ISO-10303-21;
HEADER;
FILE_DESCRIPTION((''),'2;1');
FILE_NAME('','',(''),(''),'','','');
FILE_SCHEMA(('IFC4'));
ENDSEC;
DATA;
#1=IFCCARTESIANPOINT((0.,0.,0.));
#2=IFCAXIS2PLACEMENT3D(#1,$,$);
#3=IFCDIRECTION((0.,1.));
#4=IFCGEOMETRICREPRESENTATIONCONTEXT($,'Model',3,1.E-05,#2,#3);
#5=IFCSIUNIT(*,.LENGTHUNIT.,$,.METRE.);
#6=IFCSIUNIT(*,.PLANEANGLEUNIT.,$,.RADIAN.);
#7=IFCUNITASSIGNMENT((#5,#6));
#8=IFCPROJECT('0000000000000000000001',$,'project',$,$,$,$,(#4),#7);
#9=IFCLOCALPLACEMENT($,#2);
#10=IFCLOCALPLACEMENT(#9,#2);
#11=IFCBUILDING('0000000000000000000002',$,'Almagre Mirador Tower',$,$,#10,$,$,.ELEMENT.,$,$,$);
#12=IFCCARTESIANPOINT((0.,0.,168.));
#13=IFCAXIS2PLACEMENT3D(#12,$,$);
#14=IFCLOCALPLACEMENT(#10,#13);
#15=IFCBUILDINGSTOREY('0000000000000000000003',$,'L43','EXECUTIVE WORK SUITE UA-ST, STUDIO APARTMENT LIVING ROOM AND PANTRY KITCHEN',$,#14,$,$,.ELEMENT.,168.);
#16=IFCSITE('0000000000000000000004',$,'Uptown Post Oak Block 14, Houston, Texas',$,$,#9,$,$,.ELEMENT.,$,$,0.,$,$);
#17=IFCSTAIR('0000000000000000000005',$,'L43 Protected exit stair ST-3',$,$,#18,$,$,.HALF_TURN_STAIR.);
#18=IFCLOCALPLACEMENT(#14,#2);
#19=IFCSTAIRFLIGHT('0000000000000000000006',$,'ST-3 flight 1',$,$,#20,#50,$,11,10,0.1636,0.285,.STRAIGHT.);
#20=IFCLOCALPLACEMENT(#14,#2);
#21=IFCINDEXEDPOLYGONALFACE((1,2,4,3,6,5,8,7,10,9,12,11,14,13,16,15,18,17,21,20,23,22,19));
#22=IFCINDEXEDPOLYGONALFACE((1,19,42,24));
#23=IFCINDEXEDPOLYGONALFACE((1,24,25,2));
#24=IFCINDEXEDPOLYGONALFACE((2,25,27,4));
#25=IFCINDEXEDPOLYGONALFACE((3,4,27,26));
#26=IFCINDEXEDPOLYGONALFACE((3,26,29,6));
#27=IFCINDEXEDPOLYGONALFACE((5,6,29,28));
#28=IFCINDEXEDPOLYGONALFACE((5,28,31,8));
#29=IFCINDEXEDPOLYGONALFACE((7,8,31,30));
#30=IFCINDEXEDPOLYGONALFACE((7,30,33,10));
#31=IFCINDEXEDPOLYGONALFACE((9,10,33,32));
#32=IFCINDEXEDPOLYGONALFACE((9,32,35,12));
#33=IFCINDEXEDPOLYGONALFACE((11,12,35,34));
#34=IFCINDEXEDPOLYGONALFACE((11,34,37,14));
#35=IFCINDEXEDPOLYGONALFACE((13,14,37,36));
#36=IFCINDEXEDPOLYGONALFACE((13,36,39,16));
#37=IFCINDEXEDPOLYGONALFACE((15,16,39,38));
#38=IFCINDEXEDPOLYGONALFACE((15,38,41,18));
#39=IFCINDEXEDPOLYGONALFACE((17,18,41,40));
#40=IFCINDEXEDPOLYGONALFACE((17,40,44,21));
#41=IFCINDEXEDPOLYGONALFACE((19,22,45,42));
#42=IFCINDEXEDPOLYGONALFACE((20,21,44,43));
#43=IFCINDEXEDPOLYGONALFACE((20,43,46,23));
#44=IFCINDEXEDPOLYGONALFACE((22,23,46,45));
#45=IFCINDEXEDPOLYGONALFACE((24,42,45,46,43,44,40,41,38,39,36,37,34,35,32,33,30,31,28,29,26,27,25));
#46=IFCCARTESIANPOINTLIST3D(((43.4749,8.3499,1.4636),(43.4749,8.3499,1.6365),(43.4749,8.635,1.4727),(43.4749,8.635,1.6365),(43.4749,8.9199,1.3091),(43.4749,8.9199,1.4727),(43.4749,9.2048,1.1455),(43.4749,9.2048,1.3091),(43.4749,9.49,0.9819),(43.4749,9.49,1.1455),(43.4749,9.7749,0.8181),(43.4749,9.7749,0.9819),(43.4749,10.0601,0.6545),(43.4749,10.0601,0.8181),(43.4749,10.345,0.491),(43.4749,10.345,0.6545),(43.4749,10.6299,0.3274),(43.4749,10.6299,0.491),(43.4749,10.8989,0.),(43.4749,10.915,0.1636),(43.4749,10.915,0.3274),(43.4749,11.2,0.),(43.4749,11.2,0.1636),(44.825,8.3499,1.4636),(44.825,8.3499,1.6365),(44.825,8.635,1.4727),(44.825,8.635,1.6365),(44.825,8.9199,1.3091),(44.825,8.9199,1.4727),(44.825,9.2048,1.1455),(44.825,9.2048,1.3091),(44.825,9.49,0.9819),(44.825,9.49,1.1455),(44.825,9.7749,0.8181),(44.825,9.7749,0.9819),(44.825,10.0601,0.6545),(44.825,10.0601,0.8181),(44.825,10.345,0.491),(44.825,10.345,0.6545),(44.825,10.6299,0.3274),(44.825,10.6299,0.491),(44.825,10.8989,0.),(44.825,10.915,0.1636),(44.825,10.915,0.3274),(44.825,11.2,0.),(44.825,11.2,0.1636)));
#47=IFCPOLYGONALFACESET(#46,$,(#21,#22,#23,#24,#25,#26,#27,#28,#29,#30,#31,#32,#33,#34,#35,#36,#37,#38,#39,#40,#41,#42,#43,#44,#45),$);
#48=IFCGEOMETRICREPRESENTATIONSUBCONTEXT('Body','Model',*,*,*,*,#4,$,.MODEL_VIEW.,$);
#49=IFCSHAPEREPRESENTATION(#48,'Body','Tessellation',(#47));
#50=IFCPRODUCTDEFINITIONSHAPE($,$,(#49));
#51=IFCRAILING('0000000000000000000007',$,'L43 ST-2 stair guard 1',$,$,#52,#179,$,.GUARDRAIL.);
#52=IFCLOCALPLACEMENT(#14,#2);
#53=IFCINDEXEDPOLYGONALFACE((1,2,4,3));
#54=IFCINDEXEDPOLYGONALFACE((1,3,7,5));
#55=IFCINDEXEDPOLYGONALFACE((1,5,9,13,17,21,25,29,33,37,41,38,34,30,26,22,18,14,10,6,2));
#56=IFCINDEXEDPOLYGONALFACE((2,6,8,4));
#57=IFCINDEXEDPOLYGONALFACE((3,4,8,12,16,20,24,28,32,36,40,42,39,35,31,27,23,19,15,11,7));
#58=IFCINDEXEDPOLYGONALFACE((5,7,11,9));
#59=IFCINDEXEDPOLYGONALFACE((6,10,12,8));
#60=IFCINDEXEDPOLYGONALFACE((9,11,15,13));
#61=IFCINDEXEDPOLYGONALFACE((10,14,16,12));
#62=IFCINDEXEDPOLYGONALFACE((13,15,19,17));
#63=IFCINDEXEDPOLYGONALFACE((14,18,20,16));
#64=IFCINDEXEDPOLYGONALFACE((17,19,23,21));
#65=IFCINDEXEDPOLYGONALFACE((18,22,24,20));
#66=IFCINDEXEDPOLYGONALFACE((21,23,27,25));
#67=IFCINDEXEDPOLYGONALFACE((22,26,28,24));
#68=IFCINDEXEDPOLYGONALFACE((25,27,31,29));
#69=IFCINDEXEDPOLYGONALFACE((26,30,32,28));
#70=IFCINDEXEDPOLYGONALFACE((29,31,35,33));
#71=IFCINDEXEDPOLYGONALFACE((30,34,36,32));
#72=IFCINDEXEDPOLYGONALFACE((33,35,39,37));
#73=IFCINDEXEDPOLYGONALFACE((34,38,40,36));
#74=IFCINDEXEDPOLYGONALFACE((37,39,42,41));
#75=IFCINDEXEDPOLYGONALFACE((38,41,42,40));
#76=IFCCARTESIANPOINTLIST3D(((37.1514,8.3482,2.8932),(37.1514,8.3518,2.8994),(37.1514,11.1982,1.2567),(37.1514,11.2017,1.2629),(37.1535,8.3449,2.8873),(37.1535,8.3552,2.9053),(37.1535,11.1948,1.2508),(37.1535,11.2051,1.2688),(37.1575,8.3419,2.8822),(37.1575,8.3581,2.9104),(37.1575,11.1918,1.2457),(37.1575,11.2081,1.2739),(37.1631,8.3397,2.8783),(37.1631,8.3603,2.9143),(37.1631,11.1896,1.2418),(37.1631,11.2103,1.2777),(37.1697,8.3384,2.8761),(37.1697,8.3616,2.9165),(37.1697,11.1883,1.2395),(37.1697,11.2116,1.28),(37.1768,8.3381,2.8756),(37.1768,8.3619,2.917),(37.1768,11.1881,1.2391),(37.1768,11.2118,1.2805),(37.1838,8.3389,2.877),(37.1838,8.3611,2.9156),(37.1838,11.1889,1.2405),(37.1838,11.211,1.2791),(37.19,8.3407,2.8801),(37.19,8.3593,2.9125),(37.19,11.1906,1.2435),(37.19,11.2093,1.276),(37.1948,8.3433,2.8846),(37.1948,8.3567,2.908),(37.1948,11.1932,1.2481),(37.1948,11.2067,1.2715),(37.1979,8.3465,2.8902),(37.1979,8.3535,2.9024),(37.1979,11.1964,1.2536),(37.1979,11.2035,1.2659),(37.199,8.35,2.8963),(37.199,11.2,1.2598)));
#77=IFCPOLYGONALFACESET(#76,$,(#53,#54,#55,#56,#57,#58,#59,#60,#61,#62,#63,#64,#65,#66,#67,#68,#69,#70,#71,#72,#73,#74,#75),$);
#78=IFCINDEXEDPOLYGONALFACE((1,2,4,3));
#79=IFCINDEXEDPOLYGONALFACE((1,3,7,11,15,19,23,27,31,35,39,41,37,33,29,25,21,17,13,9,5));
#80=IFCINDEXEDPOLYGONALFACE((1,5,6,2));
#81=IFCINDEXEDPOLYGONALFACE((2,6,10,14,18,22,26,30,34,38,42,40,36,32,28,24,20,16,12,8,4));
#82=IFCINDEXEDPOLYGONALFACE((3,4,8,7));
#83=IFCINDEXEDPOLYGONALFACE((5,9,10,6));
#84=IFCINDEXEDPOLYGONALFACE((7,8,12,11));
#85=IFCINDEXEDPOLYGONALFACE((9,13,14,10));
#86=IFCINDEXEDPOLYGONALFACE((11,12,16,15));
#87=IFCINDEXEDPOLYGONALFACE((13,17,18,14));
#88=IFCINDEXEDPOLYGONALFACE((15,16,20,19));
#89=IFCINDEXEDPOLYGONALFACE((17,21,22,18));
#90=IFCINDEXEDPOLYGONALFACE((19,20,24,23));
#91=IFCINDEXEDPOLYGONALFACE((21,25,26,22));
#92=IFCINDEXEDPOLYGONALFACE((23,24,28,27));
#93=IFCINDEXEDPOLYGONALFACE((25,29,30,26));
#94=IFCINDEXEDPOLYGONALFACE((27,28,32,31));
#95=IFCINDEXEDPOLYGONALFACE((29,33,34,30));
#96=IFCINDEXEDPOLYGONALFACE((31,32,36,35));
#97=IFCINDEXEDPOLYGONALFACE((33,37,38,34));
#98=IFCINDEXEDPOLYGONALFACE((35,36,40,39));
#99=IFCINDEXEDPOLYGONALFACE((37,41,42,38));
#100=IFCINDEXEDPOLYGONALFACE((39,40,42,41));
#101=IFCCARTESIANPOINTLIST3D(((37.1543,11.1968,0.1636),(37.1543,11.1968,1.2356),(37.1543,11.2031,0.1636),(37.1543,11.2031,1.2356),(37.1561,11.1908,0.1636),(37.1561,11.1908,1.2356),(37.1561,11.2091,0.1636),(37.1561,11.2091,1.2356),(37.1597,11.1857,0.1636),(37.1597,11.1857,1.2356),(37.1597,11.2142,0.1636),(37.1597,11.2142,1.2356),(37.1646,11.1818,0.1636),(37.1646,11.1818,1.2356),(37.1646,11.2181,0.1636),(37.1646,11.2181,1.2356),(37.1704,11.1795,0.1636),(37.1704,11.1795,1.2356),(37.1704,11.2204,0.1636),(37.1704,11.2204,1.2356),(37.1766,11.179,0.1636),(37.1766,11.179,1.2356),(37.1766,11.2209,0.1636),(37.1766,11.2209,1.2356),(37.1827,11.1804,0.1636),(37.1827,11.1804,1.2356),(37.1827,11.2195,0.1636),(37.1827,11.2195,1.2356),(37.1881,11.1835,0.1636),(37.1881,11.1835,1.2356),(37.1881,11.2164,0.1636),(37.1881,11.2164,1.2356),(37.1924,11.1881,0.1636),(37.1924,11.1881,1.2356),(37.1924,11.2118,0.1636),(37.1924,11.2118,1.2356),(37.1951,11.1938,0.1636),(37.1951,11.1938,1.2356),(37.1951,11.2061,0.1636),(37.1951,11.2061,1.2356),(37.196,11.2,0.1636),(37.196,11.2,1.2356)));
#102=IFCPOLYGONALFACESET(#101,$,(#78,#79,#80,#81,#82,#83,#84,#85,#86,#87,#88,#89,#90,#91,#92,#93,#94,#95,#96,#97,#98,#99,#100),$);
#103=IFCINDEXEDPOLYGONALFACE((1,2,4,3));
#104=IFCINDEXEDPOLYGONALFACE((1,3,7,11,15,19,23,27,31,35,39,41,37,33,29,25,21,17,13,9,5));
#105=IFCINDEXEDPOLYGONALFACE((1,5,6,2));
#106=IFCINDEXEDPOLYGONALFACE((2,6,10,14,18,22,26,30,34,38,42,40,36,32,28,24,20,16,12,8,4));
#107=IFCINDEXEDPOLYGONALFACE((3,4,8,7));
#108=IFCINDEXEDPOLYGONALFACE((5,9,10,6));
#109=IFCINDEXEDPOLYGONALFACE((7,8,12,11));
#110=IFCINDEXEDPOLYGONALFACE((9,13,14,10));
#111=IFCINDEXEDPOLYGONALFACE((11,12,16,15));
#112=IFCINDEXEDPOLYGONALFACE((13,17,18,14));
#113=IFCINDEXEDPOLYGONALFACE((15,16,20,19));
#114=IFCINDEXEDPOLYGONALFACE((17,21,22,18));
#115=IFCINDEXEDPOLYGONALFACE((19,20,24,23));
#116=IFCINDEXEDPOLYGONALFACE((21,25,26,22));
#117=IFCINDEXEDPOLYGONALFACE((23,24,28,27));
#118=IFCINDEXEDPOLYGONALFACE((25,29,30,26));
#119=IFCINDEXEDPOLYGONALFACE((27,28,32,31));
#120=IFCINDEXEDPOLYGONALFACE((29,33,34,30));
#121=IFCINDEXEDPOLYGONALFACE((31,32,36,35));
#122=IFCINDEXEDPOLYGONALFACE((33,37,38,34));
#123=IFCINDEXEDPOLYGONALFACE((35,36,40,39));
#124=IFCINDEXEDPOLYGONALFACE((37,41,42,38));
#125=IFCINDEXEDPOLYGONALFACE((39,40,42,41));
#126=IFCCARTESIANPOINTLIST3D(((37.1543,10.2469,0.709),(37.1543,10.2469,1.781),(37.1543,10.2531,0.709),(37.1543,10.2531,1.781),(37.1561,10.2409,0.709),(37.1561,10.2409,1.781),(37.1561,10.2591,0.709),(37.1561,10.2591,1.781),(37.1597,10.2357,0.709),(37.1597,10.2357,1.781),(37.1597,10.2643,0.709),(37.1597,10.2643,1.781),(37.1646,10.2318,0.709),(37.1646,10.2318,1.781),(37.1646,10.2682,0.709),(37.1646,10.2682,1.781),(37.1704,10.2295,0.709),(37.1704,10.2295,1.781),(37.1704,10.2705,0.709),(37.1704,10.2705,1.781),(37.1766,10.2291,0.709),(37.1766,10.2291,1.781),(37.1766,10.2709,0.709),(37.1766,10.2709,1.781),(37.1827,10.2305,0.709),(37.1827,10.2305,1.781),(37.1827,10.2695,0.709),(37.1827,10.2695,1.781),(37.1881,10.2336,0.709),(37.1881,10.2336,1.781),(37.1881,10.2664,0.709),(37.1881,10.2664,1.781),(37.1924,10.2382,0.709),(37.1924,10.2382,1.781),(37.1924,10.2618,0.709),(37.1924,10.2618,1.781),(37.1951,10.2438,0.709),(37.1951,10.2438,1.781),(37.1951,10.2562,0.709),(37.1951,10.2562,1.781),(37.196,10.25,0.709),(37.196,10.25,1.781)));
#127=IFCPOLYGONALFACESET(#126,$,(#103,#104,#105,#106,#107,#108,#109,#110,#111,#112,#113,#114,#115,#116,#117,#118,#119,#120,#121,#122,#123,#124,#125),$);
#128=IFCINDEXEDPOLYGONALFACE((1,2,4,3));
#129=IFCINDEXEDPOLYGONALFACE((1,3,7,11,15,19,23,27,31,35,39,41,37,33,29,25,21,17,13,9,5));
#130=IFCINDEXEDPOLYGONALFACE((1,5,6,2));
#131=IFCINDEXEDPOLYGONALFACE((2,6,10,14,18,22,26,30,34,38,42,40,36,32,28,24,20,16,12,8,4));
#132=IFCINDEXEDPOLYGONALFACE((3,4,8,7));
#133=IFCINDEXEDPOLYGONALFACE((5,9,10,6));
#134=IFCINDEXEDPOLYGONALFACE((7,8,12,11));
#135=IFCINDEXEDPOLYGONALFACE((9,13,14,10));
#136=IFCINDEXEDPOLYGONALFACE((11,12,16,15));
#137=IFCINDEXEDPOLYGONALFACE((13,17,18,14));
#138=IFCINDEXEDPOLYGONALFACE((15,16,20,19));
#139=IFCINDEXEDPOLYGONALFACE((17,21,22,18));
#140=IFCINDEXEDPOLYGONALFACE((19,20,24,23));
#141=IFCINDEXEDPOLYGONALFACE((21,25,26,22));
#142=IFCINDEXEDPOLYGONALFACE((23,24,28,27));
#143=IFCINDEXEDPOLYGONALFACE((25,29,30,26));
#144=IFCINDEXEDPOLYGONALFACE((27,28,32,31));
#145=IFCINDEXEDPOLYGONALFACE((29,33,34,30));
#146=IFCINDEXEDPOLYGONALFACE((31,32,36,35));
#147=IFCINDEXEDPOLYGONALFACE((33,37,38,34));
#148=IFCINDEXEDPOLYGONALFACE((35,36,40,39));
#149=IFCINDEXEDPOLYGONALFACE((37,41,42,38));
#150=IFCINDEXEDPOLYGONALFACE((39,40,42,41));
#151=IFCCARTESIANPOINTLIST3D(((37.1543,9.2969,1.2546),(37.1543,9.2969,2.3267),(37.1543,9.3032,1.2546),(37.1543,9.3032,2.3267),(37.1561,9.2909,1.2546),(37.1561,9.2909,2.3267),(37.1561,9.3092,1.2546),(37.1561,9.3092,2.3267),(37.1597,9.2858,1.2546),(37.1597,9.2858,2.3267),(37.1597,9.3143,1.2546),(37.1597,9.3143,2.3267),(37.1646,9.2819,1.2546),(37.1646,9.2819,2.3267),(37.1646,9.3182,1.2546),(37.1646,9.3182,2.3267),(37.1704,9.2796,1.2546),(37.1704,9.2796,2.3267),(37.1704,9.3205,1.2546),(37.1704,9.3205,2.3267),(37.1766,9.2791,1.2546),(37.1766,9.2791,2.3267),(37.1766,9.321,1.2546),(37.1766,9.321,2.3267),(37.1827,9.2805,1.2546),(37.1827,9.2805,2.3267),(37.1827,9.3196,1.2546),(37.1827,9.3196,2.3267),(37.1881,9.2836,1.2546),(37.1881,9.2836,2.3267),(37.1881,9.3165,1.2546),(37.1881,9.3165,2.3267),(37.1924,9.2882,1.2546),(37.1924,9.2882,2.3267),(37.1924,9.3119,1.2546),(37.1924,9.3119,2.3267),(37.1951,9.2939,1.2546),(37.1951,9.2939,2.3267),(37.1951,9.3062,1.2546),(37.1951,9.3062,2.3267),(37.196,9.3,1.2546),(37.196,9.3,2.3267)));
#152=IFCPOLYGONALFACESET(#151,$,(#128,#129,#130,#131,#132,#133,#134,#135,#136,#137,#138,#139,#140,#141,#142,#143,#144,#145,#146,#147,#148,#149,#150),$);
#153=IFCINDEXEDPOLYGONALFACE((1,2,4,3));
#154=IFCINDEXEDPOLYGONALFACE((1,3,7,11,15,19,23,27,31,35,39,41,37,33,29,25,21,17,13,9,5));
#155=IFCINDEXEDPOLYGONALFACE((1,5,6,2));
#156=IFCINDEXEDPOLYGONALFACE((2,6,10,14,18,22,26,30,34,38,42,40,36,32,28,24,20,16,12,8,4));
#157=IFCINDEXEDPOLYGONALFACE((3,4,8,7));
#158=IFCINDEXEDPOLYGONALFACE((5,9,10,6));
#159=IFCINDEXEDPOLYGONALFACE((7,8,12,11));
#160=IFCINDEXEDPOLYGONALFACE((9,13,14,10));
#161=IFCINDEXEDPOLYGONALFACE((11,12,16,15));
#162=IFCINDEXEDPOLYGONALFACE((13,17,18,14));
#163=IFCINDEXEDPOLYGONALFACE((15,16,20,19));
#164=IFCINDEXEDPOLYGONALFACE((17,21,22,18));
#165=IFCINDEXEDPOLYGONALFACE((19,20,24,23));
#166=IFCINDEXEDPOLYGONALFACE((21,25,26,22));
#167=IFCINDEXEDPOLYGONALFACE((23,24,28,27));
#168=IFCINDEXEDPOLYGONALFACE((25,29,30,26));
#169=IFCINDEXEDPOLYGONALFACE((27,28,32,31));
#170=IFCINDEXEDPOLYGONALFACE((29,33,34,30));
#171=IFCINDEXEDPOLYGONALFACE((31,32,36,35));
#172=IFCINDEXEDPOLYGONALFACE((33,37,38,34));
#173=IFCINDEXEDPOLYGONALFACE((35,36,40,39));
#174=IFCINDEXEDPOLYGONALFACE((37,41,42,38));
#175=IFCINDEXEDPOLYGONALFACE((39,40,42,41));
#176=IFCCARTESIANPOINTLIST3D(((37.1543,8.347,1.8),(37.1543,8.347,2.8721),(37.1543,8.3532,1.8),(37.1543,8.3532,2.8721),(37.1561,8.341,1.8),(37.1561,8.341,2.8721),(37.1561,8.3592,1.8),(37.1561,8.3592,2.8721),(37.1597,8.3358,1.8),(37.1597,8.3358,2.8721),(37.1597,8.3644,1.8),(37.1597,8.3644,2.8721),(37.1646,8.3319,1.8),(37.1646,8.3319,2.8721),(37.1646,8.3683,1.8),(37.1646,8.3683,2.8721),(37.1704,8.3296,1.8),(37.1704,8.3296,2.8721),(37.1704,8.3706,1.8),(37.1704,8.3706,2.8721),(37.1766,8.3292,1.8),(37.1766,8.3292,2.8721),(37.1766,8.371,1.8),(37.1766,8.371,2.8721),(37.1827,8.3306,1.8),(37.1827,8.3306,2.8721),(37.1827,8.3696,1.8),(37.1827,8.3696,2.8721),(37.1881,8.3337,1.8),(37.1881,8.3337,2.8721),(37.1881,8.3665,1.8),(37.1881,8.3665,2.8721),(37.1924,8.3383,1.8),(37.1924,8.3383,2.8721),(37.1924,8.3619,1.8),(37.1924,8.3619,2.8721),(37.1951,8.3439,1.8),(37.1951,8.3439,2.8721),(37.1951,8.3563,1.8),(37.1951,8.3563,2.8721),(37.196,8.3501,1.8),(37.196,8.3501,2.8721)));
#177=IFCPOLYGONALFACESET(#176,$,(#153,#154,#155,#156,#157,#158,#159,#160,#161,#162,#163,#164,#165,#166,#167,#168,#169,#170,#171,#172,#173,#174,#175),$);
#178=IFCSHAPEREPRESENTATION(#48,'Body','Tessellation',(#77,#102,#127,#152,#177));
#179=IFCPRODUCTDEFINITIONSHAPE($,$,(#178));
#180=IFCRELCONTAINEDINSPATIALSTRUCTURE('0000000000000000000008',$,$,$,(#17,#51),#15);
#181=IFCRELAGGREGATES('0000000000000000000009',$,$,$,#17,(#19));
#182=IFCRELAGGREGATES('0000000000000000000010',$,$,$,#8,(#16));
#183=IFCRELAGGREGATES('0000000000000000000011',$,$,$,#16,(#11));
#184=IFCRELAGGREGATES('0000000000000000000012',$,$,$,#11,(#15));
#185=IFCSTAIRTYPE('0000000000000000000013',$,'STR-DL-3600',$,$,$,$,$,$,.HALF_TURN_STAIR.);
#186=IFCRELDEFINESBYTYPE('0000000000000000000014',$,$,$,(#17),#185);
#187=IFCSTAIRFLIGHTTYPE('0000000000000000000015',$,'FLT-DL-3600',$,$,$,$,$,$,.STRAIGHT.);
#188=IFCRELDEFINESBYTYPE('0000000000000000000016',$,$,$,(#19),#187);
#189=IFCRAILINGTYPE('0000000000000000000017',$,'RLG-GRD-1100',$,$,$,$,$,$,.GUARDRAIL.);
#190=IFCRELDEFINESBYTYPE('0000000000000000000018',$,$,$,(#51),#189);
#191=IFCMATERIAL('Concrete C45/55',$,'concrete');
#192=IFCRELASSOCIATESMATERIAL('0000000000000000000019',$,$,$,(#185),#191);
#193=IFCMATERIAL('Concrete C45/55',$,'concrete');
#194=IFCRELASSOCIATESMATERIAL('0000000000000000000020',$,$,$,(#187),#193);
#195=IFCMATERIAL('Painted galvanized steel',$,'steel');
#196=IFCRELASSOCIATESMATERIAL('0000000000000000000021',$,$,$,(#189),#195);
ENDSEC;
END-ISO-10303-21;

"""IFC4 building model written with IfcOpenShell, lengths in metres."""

from ifc_helpers import new_model, si_unit, direction, frame, origin, origin_2d, place, context, subcontext, project, spatial, polyline, circle, outline, extrude, material, type_object, element, aggregate, save


model = new_model("IFC4")

# Units and contexts
model_context = context("Model", 3, precision=1e-05, world=origin(), true_north=direction((0.0, 1.0)))
body_context = subcontext(model_context, "Body", "Model", "MODEL_VIEW")
ifc_project = project(units=[si_unit("LENGTHUNIT", "METRE"), si_unit("PLANEANGLEUNIT", "RADIAN")], contexts=[model_context])

# Site, building, storey
site_placement = place(None, origin())
site = spatial("IfcSite", under=ifc_project, at=site_placement, Name="Uptown Post Oak Block 14, Houston, Texas", CompositionType="ELEMENT", RefElevation=0.0)
building_placement = place(site_placement, origin())
building = spatial("IfcBuilding", under=site, at=building_placement, Name="Almagre Mirador Tower", CompositionType="ELEMENT")
storey_placement = place(building_placement, frame((0.0, 0.0, 168.0)))
storey = spatial("IfcBuildingStorey", under=building, at=storey_placement, Name="L43", Description="EXECUTIVE WORK SUITE UA-ST, STUDIO APARTMENT LIVING ROOM AND PANTRY KITCHEN", CompositionType="ELEMENT", Elevation=168.0)

# Shared definitions
ifc_material_1 = material(Name="Concrete C45/55", Category="concrete")
stair_type = type_object("IfcStairType", Name="STR-DL-3600", PredefinedType="HALF_TURN_STAIR", material=ifc_material_1)
ifc_material_2 = material(Name="Concrete C45/55", Category="concrete")
stair_flight_type = type_object("IfcStairFlightType", Name="FLT-DL-3600", PredefinedType="STRAIGHT", material=ifc_material_2)

# Stair, stair flight
stair_1_placement = place(storey_placement, origin())
stair_1 = element("IfcStair", 1, at=stair_1_placement, inside=storey, type_object=stair_type, Name="L43 Protected exit stair ST-3", PredefinedType="HALF_TURN_STAIR")
stair_flight_1_placement = place(storey_placement, frame((44.1499, 11.2, 0.0), z_axis=(0.0, 0.0, 1.0), x_axis=(0.0, -1.0, 0.0)))
stair_flight_1 = element("IfcStairFlight", 2, at=stair_flight_1_placement, type_object=stair_flight_type, Name="ST-3 flight 1", NumberOfRisers=11, NumberOfTreads=10, PredefinedType="STRAIGHT", RiserHeight=0.1636, TreadLength=0.285, context=body_context, shape_type="SweptSolid", body=[
    extrude(outline(polyline([(0.0, 0.0), (0.0, 0.1636), (0.2849, 0.1636), (0.2849, 0.3274), (0.5701, 0.3274), (0.5701, 0.491), (0.855, 0.491), (0.855, 0.6545), (1.1399, 0.6545), (1.1399, 0.8181), (1.425, 0.8181), (1.425, 0.9819), (1.71, 0.9819), (1.71, 1.1455), (1.9951, 1.1455), (1.9951, 1.3091), (2.28, 1.3091), (2.28, 1.4727), (2.5649, 1.4727), (2.5649, 1.6365), (2.8501, 1.6365), (2.8501, 1.8), (2.8501, 1.4636), (0.301, 0.0), (0.0, 0.0)])), frame((0.0, 0.675, 0.0), z_axis=(0.0, -1.0, 0.0), x_axis=(1.0, 0.0, 0.0)), (0.0, 0.0, 1.0), 1.3501),
])
aggregate(stair_1, [stair_flight_1])

# Railing
ifc_material_3 = material(Name="Painted galvanized steel", Category="steel")
railing_type_1 = type_object("IfcRailingType", Name="RLG-GRD-1100", PredefinedType="GUARDRAIL", material=ifc_material_3)
railing_1_placement = place(storey_placement, frame((37.175, 11.2, 0.1636)))
element("IfcRailing", 3, at=railing_1_placement, inside=storey, type_object=railing_type_1, Name="L43 ST-2 stair guard 1", PredefinedType="GUARDRAIL", context=body_context, shape_type="SweptSolid", body=[
    extrude(circle(Radius=0.0239, at=origin_2d()), frame((0.0, 0.0, 1.0962), z_axis=(0.0, -0.867194, 0.49797), x_axis=(1.0, 0.0, 0.0)), (0.0, 0.0, 1.0), 3.2864),
    extrude(circle(Radius=0.021, at=origin_2d()), origin(), (0.0, 0.0, 1.0), 1.072),
    extrude(circle(Radius=0.021, at=origin_2d()), frame((0.0, -0.95, 0.5454)), (0.0, 0.0, 1.0), 1.072),
    extrude(circle(Radius=0.021, at=origin_2d()), frame((0.0, -1.8999, 1.0911)), (0.0, 0.0, 1.0), 1.072),
    extrude(circle(Radius=0.021, at=origin_2d()), frame((0.0, -2.8499, 1.6365)), (0.0, 0.0, 1.0), 1.072),
])

save(model, "model.ifc")
